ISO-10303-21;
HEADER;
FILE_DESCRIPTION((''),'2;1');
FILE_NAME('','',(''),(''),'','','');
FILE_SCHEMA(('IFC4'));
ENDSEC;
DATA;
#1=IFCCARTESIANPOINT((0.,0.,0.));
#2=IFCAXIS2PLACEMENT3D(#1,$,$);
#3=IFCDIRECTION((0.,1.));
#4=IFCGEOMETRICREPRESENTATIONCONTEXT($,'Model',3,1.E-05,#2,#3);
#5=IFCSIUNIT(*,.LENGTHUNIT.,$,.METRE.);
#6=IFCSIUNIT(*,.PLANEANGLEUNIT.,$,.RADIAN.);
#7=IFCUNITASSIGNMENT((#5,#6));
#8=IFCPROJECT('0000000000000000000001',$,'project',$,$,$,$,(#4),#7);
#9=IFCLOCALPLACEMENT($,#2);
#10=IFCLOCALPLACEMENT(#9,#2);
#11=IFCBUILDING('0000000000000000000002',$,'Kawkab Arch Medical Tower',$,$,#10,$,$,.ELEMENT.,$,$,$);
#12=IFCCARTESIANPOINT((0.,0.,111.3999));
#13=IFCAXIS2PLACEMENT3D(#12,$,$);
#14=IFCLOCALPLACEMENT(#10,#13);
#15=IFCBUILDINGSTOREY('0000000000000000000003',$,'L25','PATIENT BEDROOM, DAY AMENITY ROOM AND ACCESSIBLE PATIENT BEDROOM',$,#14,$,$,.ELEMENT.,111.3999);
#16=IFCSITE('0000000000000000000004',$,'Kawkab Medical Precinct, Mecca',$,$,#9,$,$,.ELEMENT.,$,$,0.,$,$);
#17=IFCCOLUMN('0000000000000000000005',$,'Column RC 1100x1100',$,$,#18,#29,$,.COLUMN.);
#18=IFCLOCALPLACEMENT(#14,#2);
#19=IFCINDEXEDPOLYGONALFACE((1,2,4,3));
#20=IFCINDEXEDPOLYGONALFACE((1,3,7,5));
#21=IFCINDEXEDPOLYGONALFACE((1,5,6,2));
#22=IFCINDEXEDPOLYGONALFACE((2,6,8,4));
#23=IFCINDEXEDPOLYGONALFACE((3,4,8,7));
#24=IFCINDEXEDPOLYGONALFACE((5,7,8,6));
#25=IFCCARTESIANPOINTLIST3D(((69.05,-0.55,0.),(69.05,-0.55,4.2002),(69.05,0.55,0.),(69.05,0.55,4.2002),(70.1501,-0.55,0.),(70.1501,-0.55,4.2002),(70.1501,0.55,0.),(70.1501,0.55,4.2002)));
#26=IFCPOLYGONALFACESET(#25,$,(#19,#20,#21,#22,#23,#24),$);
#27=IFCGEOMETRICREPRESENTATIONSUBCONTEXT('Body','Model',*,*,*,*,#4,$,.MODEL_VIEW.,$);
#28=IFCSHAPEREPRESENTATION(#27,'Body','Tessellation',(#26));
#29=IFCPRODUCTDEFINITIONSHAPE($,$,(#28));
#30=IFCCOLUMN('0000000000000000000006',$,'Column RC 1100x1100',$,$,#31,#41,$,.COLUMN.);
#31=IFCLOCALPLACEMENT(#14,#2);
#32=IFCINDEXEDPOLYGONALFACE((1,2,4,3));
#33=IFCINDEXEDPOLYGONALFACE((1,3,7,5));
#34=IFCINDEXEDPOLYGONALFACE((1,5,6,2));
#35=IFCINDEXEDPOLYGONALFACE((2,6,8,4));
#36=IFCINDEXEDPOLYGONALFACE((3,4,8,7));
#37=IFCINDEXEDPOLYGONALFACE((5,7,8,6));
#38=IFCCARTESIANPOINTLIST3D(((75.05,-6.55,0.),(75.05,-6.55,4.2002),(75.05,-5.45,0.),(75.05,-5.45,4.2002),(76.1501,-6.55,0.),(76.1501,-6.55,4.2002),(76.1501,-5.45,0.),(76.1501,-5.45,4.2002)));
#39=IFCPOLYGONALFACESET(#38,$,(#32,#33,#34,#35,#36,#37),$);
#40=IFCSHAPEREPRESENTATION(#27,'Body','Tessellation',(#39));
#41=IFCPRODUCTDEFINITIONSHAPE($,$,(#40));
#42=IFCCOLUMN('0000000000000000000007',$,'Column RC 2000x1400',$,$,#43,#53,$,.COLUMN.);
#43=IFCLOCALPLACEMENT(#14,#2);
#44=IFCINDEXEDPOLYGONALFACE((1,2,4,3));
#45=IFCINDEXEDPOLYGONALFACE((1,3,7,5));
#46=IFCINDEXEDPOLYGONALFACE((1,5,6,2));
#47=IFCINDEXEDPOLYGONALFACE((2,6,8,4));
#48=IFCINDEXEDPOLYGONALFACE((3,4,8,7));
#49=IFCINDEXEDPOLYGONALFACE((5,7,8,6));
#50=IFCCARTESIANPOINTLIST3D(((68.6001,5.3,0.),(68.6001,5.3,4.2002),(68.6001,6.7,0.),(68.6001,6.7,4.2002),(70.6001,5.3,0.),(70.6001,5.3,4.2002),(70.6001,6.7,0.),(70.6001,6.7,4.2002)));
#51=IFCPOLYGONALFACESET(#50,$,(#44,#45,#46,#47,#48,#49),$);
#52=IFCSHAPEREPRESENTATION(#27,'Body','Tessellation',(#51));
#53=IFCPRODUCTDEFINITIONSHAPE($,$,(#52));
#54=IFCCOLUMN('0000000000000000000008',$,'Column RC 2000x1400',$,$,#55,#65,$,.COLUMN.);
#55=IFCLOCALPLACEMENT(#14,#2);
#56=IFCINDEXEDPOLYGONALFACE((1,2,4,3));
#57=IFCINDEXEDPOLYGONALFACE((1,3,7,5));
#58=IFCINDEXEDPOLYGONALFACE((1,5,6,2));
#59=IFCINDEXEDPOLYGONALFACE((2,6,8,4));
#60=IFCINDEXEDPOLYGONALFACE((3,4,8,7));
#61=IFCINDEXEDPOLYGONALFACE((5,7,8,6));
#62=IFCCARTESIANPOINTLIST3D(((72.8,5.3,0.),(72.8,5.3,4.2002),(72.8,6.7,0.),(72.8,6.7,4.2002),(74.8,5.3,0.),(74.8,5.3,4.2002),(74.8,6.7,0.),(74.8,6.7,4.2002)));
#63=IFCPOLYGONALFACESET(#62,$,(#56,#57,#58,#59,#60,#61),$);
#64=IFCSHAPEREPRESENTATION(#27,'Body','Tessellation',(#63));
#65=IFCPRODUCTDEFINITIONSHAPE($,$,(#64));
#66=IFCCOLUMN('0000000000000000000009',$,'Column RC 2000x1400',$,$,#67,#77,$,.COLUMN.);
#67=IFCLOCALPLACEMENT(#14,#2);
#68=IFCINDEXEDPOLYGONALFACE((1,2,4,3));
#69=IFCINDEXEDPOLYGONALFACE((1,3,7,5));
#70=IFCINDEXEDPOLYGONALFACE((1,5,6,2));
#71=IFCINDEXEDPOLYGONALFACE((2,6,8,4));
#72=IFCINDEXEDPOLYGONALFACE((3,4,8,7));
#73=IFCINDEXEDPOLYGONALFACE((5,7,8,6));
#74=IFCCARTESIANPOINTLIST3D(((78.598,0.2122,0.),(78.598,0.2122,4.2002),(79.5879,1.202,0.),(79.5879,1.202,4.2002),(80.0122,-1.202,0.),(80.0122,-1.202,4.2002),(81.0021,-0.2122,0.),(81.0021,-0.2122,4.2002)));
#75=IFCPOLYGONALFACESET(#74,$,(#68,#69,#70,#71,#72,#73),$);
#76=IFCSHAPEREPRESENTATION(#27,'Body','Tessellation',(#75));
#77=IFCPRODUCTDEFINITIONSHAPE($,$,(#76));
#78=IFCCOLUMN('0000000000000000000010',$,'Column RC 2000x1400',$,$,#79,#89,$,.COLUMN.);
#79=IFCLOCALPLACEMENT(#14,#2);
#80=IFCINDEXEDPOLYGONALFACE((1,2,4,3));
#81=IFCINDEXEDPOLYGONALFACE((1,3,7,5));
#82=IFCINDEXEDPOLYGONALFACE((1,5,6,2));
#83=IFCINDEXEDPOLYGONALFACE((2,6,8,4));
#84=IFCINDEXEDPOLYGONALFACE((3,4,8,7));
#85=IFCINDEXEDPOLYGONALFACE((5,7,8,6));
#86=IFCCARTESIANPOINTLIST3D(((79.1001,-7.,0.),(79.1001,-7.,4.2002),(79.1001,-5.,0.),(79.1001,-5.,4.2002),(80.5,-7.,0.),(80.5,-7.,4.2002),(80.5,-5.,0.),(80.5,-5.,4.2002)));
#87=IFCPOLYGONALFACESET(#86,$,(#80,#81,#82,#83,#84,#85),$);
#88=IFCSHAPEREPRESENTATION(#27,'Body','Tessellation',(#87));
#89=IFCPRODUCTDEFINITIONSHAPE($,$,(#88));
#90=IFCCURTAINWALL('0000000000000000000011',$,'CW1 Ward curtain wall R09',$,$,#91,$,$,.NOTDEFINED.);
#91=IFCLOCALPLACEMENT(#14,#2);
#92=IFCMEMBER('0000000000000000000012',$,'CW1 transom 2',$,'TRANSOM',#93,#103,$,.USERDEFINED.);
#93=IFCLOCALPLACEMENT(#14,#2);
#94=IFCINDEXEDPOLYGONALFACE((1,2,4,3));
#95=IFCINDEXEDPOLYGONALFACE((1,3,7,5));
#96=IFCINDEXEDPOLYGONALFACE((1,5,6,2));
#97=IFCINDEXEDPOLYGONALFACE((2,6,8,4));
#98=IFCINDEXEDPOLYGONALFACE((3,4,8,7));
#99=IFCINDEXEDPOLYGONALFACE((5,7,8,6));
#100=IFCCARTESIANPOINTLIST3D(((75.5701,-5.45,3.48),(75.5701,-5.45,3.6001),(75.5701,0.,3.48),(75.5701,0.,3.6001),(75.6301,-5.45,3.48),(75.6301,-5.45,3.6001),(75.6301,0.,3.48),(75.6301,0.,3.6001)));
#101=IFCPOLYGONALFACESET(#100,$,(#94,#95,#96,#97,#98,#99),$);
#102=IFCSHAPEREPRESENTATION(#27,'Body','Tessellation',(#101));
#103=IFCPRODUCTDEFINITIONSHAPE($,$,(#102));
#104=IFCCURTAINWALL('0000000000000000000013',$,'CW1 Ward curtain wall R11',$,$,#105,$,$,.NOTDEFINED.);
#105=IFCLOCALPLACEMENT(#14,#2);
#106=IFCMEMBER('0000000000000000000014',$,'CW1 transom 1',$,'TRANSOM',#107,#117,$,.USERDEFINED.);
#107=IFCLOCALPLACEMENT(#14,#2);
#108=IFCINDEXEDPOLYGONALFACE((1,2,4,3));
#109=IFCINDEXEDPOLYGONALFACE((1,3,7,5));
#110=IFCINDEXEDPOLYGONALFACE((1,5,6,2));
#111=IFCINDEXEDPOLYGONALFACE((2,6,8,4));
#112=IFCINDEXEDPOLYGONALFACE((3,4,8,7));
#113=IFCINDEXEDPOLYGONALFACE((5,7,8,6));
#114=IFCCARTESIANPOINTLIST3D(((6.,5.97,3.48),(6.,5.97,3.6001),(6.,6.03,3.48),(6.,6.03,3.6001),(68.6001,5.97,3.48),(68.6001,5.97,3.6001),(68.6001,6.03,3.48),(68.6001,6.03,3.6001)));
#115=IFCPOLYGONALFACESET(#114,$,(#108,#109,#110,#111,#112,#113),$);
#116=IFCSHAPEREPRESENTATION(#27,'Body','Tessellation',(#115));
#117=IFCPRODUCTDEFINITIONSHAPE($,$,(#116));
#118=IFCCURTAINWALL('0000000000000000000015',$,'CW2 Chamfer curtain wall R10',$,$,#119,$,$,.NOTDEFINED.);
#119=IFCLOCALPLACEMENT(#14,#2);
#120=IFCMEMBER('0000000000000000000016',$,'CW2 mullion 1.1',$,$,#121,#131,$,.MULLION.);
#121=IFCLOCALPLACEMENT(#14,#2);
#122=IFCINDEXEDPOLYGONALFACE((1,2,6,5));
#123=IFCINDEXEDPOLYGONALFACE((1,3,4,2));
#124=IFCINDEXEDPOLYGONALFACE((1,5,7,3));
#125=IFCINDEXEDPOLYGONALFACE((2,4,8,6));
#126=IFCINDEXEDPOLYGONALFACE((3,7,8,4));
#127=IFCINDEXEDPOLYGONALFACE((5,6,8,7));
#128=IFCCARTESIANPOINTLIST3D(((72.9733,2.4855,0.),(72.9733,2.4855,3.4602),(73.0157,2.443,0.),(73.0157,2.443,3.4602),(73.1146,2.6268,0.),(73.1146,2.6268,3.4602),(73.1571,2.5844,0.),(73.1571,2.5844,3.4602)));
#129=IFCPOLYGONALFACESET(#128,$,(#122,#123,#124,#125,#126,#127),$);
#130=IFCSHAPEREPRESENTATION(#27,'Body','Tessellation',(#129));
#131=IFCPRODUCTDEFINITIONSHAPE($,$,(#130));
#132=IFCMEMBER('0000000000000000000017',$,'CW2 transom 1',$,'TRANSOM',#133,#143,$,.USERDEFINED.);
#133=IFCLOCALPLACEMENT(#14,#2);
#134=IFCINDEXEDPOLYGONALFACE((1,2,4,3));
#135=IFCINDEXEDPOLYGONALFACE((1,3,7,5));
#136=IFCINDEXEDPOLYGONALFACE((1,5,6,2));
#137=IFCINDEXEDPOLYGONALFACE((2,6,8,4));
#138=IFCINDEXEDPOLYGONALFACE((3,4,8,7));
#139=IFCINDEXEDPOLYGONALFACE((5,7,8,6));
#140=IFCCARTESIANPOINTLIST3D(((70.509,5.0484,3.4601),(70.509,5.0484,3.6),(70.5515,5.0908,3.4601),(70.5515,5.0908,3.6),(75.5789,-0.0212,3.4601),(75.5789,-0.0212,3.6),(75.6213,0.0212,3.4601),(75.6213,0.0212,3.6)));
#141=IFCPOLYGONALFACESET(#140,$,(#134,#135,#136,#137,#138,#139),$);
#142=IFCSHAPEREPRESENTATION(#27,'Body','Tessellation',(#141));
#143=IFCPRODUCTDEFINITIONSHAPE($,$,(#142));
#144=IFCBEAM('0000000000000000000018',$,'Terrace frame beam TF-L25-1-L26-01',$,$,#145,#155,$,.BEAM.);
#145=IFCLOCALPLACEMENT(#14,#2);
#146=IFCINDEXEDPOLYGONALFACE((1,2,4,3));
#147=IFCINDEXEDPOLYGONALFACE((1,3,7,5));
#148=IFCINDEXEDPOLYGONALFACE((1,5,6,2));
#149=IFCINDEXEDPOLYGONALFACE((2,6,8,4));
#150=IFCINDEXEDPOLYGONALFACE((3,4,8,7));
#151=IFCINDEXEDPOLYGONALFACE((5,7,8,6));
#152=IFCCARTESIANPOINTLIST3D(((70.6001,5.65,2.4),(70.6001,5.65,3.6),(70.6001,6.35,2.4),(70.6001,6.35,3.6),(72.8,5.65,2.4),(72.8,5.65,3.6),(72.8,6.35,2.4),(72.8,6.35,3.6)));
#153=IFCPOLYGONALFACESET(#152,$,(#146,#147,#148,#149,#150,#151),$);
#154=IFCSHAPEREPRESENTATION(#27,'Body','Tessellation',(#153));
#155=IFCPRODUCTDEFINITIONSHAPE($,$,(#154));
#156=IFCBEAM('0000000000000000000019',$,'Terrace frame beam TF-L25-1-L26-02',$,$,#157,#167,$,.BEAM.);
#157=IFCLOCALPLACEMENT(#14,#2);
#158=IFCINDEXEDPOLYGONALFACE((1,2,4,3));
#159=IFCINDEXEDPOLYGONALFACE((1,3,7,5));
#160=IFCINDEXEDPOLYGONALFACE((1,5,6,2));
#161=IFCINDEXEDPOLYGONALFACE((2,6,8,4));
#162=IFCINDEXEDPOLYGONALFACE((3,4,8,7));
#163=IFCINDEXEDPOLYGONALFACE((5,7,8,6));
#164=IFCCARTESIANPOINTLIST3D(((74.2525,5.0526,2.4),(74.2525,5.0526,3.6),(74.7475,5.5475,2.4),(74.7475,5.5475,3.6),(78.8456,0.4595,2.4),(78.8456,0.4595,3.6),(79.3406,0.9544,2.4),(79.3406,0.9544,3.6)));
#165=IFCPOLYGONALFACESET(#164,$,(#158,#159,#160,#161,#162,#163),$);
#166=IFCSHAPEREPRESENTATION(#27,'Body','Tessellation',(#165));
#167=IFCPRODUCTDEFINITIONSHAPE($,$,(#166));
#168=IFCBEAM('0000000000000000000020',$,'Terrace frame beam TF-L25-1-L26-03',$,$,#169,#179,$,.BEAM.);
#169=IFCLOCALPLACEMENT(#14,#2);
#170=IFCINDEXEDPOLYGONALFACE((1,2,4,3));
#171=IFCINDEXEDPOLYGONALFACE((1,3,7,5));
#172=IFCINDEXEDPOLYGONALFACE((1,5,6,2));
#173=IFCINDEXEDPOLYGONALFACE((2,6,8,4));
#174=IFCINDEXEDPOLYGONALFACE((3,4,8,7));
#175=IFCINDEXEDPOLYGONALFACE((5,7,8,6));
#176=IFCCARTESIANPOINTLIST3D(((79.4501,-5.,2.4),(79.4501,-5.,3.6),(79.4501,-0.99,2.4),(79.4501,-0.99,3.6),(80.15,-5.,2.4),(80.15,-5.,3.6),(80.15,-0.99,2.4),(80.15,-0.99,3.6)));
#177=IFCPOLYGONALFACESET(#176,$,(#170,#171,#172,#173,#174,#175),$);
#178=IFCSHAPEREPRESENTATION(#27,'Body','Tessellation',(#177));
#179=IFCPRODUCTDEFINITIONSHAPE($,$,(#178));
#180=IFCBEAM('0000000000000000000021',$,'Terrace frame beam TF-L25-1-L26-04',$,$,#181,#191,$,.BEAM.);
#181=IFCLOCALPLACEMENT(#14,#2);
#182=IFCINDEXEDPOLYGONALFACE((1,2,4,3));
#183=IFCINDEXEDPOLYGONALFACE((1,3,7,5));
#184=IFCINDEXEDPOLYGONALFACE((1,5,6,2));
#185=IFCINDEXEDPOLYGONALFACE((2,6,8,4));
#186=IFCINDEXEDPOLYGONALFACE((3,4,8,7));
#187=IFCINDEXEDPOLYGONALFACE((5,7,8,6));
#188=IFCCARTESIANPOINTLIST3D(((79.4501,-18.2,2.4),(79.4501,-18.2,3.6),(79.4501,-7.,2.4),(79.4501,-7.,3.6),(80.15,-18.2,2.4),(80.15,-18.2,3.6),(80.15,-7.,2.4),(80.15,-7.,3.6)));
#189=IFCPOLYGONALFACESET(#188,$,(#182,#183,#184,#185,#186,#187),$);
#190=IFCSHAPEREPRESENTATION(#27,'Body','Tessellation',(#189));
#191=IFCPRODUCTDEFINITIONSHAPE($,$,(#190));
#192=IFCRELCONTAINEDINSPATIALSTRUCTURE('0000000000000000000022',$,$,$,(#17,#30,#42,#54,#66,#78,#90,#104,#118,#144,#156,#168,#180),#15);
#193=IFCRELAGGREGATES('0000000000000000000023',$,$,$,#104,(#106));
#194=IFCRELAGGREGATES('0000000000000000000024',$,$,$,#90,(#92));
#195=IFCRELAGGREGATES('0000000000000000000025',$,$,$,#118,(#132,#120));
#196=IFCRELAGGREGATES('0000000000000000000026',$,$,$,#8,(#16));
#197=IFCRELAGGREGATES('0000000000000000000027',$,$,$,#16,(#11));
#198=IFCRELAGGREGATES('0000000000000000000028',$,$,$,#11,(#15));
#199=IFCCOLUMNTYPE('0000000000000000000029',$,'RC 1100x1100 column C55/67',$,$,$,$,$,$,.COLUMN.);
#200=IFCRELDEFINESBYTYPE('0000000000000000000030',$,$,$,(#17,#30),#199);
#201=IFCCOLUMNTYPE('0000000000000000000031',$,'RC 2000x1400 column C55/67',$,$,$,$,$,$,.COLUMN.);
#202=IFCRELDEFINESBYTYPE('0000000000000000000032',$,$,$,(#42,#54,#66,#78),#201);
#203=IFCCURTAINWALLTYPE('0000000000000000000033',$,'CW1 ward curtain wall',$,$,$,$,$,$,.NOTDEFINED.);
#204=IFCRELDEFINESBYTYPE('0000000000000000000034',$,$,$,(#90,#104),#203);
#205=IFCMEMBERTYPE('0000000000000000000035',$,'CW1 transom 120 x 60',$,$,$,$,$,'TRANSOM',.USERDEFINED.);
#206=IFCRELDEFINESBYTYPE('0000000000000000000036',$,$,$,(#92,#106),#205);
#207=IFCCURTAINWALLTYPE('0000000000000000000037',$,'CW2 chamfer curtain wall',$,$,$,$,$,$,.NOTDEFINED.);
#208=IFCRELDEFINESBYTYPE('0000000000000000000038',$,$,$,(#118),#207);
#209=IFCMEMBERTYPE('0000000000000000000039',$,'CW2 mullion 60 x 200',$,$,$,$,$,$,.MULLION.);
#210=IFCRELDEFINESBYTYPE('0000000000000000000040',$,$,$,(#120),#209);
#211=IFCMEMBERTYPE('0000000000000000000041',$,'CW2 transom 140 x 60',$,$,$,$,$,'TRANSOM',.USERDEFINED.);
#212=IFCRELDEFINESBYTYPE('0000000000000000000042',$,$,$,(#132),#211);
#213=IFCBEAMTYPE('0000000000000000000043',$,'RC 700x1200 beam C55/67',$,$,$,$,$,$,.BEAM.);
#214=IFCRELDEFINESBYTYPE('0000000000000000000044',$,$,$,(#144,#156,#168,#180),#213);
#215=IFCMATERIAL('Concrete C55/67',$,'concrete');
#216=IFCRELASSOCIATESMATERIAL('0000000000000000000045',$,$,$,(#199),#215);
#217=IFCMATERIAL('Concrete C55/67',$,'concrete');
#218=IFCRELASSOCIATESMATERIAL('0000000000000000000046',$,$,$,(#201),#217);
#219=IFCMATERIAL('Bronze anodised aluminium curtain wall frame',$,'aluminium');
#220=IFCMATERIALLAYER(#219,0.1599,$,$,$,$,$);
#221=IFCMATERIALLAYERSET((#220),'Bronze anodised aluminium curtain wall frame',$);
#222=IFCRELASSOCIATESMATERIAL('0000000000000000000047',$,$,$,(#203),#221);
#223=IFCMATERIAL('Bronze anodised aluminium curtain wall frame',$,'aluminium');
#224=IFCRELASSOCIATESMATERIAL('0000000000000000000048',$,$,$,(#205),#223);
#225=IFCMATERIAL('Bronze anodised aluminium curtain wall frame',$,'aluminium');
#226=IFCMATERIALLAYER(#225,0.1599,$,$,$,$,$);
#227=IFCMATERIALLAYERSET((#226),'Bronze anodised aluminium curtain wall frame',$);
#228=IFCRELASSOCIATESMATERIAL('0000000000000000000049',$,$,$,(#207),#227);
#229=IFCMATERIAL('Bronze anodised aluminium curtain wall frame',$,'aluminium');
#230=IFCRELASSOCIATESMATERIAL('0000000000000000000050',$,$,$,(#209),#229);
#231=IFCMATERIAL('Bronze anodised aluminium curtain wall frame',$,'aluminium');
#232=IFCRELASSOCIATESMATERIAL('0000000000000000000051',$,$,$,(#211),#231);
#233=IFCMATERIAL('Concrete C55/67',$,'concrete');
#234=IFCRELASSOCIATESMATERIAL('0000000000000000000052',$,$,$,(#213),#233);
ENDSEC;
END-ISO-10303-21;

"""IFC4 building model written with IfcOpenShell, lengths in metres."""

from ifc_helpers import new_model, si_unit, direction, frame, origin, origin_2d, place, context, subcontext, project, spatial, rectangle, extrude, material, layer, layer_set, material_profile, profile_set, type_object, element, aggregate, save


model = new_model("IFC4")

# Units and contexts
model_context = context("Model", 3, precision=1e-05, world=origin(), true_north=direction((0.0, 1.0)))
body_context = subcontext(model_context, "Body", "Model", "MODEL_VIEW")
ifc_project = project(units=[si_unit("LENGTHUNIT", "METRE"), si_unit("PLANEANGLEUNIT", "RADIAN")], contexts=[model_context])

# Site, building, storey
site_placement = place(None, origin())
site = spatial("IfcSite", under=ifc_project, at=site_placement, Name="Kawkab Medical Precinct, Mecca", CompositionType="ELEMENT", RefElevation=0.0)
building_placement = place(site_placement, origin())
building = spatial("IfcBuilding", under=site, at=building_placement, Name="Kawkab Arch Medical Tower", CompositionType="ELEMENT")
storey_placement = place(building_placement, frame((0.0, 0.0, 111.3999)))
storey = spatial("IfcBuildingStorey", under=building, at=storey_placement, Name="L25", Description="PATIENT BEDROOM, DAY AMENITY ROOM AND ACCESSIBLE PATIENT BEDROOM", CompositionType="ELEMENT", Elevation=111.3999)

# Columns
ifc_material_1 = material(Name="Concrete C55/67", Category="concrete")
ifc_material_profile_1 = material_profile(ifc_material_1, rectangle(XDim=1.1001, YDim=1.1001, at=origin_2d()), Name="RC 1100x1100")
ifc_profile_set_1 = profile_set([ifc_material_profile_1], Name="Concrete C55/67")
column_type_1 = type_object("IfcColumnType", Name="RC 1100x1100 column C55/67", PredefinedType="COLUMN", material=ifc_profile_set_1)
for number, where, z_axis, x_axis, name in (
    (1, (69.6001, 0.0, 0.0), (0.0, 0.0, 1.0), (1.0, 0.0, 0.0), "Column RC 1100x1100"),
    (2, (75.6001, -6.0, 0.0), (0.0, 0.0, 1.0), (1.0, 0.0, 0.0), "Column RC 1100x1100"),
):
    element("IfcColumn", number, at=place(storey_placement, frame(where, z_axis=z_axis, x_axis=x_axis)), inside=storey, type_object=column_type_1, Name=name, PredefinedType="COLUMN", context=body_context, shape_type="SweptSolid", body=[
        extrude(rectangle(XDim=1.1001, YDim=1.1001, at=origin_2d()), origin(), (0.0, 0.0, 1.0), 4.2002),
    ])
ifc_material_2 = material(Name="Concrete C55/67", Category="concrete")
ifc_material_profile_2 = material_profile(ifc_material_2, rectangle(XDim=2.0, YDim=1.3999, at=origin_2d()), Name="RC 2000x1400")
ifc_profile_set_2 = profile_set([ifc_material_profile_2], Name="Concrete C55/67")
column_type_2 = type_object("IfcColumnType", Name="RC 2000x1400 column C55/67", PredefinedType="COLUMN", material=ifc_profile_set_2)
for number, where, z_axis, x_axis, name in (
    (3, (69.6001, 6.0, 0.0), (0.0, 0.0, 1.0), (1.0, 0.0, 0.0), "Column RC 2000x1400"),
    (4, (73.8, 6.0, 0.0), (0.0, 0.0, 1.0), (1.0, 0.0, 0.0), "Column RC 2000x1400"),
    (5, (79.8, 0.0, 0.0), (0.0, 0.0, 1.0), (0.707107, -0.707107, 0.0), "Column RC 2000x1400"),
    (6, (79.8, -6.0, 0.0), (0.0, 0.0, 1.0), (0.0, -1.0, 0.0), "Column RC 2000x1400"),
):
    element("IfcColumn", number, at=place(storey_placement, frame(where, z_axis=z_axis, x_axis=x_axis)), inside=storey, type_object=column_type_2, Name=name, PredefinedType="COLUMN", context=body_context, shape_type="SweptSolid", body=[
        extrude(rectangle(XDim=2.0, YDim=1.3999, at=origin_2d()), origin(), (0.0, 0.0, 1.0), 4.2002),
    ])

# Curtain walls, members
ifc_material_3 = material(Name="Bronze anodised aluminium curtain wall frame", Category="aluminium")
ifc_layer_1 = layer(ifc_material_3, 0.1599)
ifc_layer_set_1 = layer_set([ifc_layer_1], Name="Bronze anodised aluminium curtain wall frame")
curtain_wall_type_1 = type_object("IfcCurtainWallType", Name="CW1 ward curtain wall", PredefinedType="NOTDEFINED", material=ifc_layer_set_1)
placement = place(storey_placement, origin())
curtain_wall_1 = element("IfcCurtainWall", 7, at=placement, inside=storey, type_object=curtain_wall_type_1, Name="CW1 Ward curtain wall R09", PredefinedType="NOTDEFINED")
ifc_material_4 = material(Name="Bronze anodised aluminium curtain wall frame", Category="aluminium")
ifc_material_profile_3 = material_profile(ifc_material_4, rectangle(XDim=0.0601, YDim=0.1201, at=origin_2d()), Name="AL 60x120")
ifc_profile_set_3 = profile_set([ifc_material_profile_3], Name="Bronze anodised aluminium curtain wall frame")
member_type_1 = type_object("IfcMemberType", Name="CW1 transom 120 x 60", ElementType="TRANSOM", PredefinedType="USERDEFINED", material=ifc_profile_set_3)
member_1_placement = place(storey_placement, frame((75.6001, -5.45, 3.54), z_axis=(0.0, 1.0, 0.0), x_axis=(-1.0, 0.0, 0.0)))
member_1 = element("IfcMember", 8, at=member_1_placement, type_object=member_type_1, Name="CW1 transom 2", ObjectType="TRANSOM", PredefinedType="USERDEFINED", context=body_context, shape_type="SweptSolid", body=[
    extrude(rectangle(XDim=0.0601, YDim=0.1201, at=origin_2d()), origin(), (0.0, 0.0, 1.0), 5.45),
])
curtain_wall_2 = element("IfcCurtainWall", 9, at=placement, inside=storey, type_object=curtain_wall_type_1, Name="CW1 Ward curtain wall R11", PredefinedType="NOTDEFINED")
member_2_placement = place(storey_placement, frame((68.6001, 6.0, 3.54), z_axis=(-1.0, 0.0, 0.0), x_axis=(0.0, -1.0, 0.0)))
member_2 = element("IfcMember", 10, at=member_2_placement, type_object=member_type_1, Name="CW1 transom 1", ObjectType="TRANSOM", PredefinedType="USERDEFINED", context=body_context, shape_type="SweptSolid", body=[
    extrude(rectangle(XDim=0.0601, YDim=0.1201, at=origin_2d()), origin(), (0.0, 0.0, 1.0), 62.6001),
])
aggregate(curtain_wall_2, [member_2])

# Curtain wall, members
ifc_material_5 = material(Name="Bronze anodised aluminium curtain wall frame", Category="aluminium")
ifc_layer_2 = layer(ifc_material_5, 0.1599)
ifc_layer_set_2 = layer_set([ifc_layer_2], Name="Bronze anodised aluminium curtain wall frame")
curtain_wall_type_2 = type_object("IfcCurtainWallType", Name="CW2 chamfer curtain wall", PredefinedType="NOTDEFINED", material=ifc_layer_set_2)
curtain_wall_3 = element("IfcCurtainWall", 11, at=placement, inside=storey, type_object=curtain_wall_type_2, Name="CW2 Chamfer curtain wall R10", PredefinedType="NOTDEFINED")
ifc_material_6 = material(Name="Bronze anodised aluminium curtain wall frame", Category="aluminium")
ifc_material_profile_4 = material_profile(ifc_material_6, rectangle(XDim=0.2, YDim=0.0601, at=origin_2d()), Name="AL 60x200")
ifc_profile_set_4 = profile_set([ifc_material_profile_4], Name="Bronze anodised aluminium curtain wall frame")
member_type_2 = type_object("IfcMemberType", Name="CW2 mullion 60 x 200", PredefinedType="MULLION", material=ifc_profile_set_4)
member_3_placement = place(storey_placement, frame((73.0652, 2.5349, 0.0), z_axis=(0.0, 0.0, 1.0), x_axis=(-0.707107, -0.707107, 0.0)))
member_3 = element("IfcMember", 12, at=member_3_placement, type_object=member_type_2, Name="CW2 mullion 1.1", PredefinedType="MULLION", context=body_context, shape_type="SweptSolid", body=[
    extrude(rectangle(XDim=0.2, YDim=0.0601, at=origin_2d()), origin(), (0.0, 0.0, 1.0), 3.4602),
])
ifc_material_7 = material(Name="Bronze anodised aluminium curtain wall frame", Category="aluminium")
ifc_material_profile_5 = material_profile(ifc_material_7, rectangle(XDim=0.0601, YDim=0.1399, at=origin_2d()), Name="AL 60x140")
ifc_profile_set_5 = profile_set([ifc_material_profile_5], Name="Bronze anodised aluminium curtain wall frame")
member_type_3 = type_object("IfcMemberType", Name="CW2 transom 140 x 60", ElementType="TRANSOM", PredefinedType="USERDEFINED", material=ifc_profile_set_5)
member_4_placement = place(storey_placement, frame((75.6001, 0.0, 3.53), z_axis=(-0.707124, 0.70709, 0.0), x_axis=(-0.70709, -0.707124, 0.0)))
member_4 = element("IfcMember", 13, at=member_4_placement, type_object=member_type_3, Name="CW2 transom 1", ObjectType="TRANSOM", PredefinedType="USERDEFINED", context=body_context, shape_type="SweptSolid", body=[
    extrude(rectangle(XDim=0.0601, YDim=0.1399, at=origin_2d()), origin(), (0.0, 0.0, 1.0), 7.1697),
])

# Beams
ifc_material_8 = material(Name="Concrete C55/67", Category="concrete")
ifc_material_profile_6 = material_profile(ifc_material_8, rectangle(XDim=0.7, YDim=1.2, at=origin_2d()), Name="RC 700x1200")
ifc_profile_set_6 = profile_set([ifc_material_profile_6], Name="Concrete C55/67")
beam_type = type_object("IfcBeamType", Name="RC 700x1200 beam C55/67", PredefinedType="BEAM", material=ifc_profile_set_6)
beam_1_placement = place(storey_placement, frame((70.6001, 6.0, 3.0), z_axis=(1.0, 0.0, 0.0), x_axis=(0.0, 1.0, 0.0)))
element("IfcBeam", 14, at=beam_1_placement, inside=storey, type_object=beam_type, Name="Terrace frame beam TF-L25-1-L26-01", PredefinedType="BEAM", context=body_context, shape_type="SweptSolid", body=[
    extrude(rectangle(XDim=0.7, YDim=1.2, at=origin_2d()), origin(), (0.0, 0.0, 1.0), 2.2),
])
beam_2_placement = place(storey_placement, frame((74.5, 5.3, 3.0), z_axis=(0.707107, -0.707107, 0.0), x_axis=(0.707107, 0.707107, 0.0)))
element("IfcBeam", 15, at=beam_2_placement, inside=storey, type_object=beam_type, Name="Terrace frame beam TF-L25-1-L26-02", PredefinedType="BEAM", context=body_context, shape_type="SweptSolid", body=[
    extrude(rectangle(XDim=0.7, YDim=1.2, at=origin_2d()), origin(), (0.0, 0.0, 1.0), 6.4956),
])
beam_3_placement = place(storey_placement, frame((79.8, -0.99, 3.0), z_axis=(0.0, -1.0, 0.0), x_axis=(1.0, 0.0, 0.0)))
element("IfcBeam", 16, at=beam_3_placement, inside=storey, type_object=beam_type, Name="Terrace frame beam TF-L25-1-L26-03", PredefinedType="BEAM", context=body_context, shape_type="SweptSolid", body=[
    extrude(rectangle(XDim=0.7, YDim=1.2, at=origin_2d()), origin(), (0.0, 0.0, 1.0), 4.01),
])
beam_4_placement = place(storey_placement, frame((79.8, -7.0, 3.0), z_axis=(0.0, -1.0, 0.0), x_axis=(1.0, 0.0, 0.0)))
element("IfcBeam", 17, at=beam_4_placement, inside=storey, type_object=beam_type, Name="Terrace frame beam TF-L25-1-L26-04", PredefinedType="BEAM", context=body_context, shape_type="SweptSolid", body=[
    extrude(rectangle(XDim=0.7, YDim=1.2, at=origin_2d()), origin(), (0.0, 0.0, 1.0), 11.2),
])

aggregate(curtain_wall_1, [member_1])
aggregate(curtain_wall_3, [member_4, member_3])

save(model, "model.ifc")
